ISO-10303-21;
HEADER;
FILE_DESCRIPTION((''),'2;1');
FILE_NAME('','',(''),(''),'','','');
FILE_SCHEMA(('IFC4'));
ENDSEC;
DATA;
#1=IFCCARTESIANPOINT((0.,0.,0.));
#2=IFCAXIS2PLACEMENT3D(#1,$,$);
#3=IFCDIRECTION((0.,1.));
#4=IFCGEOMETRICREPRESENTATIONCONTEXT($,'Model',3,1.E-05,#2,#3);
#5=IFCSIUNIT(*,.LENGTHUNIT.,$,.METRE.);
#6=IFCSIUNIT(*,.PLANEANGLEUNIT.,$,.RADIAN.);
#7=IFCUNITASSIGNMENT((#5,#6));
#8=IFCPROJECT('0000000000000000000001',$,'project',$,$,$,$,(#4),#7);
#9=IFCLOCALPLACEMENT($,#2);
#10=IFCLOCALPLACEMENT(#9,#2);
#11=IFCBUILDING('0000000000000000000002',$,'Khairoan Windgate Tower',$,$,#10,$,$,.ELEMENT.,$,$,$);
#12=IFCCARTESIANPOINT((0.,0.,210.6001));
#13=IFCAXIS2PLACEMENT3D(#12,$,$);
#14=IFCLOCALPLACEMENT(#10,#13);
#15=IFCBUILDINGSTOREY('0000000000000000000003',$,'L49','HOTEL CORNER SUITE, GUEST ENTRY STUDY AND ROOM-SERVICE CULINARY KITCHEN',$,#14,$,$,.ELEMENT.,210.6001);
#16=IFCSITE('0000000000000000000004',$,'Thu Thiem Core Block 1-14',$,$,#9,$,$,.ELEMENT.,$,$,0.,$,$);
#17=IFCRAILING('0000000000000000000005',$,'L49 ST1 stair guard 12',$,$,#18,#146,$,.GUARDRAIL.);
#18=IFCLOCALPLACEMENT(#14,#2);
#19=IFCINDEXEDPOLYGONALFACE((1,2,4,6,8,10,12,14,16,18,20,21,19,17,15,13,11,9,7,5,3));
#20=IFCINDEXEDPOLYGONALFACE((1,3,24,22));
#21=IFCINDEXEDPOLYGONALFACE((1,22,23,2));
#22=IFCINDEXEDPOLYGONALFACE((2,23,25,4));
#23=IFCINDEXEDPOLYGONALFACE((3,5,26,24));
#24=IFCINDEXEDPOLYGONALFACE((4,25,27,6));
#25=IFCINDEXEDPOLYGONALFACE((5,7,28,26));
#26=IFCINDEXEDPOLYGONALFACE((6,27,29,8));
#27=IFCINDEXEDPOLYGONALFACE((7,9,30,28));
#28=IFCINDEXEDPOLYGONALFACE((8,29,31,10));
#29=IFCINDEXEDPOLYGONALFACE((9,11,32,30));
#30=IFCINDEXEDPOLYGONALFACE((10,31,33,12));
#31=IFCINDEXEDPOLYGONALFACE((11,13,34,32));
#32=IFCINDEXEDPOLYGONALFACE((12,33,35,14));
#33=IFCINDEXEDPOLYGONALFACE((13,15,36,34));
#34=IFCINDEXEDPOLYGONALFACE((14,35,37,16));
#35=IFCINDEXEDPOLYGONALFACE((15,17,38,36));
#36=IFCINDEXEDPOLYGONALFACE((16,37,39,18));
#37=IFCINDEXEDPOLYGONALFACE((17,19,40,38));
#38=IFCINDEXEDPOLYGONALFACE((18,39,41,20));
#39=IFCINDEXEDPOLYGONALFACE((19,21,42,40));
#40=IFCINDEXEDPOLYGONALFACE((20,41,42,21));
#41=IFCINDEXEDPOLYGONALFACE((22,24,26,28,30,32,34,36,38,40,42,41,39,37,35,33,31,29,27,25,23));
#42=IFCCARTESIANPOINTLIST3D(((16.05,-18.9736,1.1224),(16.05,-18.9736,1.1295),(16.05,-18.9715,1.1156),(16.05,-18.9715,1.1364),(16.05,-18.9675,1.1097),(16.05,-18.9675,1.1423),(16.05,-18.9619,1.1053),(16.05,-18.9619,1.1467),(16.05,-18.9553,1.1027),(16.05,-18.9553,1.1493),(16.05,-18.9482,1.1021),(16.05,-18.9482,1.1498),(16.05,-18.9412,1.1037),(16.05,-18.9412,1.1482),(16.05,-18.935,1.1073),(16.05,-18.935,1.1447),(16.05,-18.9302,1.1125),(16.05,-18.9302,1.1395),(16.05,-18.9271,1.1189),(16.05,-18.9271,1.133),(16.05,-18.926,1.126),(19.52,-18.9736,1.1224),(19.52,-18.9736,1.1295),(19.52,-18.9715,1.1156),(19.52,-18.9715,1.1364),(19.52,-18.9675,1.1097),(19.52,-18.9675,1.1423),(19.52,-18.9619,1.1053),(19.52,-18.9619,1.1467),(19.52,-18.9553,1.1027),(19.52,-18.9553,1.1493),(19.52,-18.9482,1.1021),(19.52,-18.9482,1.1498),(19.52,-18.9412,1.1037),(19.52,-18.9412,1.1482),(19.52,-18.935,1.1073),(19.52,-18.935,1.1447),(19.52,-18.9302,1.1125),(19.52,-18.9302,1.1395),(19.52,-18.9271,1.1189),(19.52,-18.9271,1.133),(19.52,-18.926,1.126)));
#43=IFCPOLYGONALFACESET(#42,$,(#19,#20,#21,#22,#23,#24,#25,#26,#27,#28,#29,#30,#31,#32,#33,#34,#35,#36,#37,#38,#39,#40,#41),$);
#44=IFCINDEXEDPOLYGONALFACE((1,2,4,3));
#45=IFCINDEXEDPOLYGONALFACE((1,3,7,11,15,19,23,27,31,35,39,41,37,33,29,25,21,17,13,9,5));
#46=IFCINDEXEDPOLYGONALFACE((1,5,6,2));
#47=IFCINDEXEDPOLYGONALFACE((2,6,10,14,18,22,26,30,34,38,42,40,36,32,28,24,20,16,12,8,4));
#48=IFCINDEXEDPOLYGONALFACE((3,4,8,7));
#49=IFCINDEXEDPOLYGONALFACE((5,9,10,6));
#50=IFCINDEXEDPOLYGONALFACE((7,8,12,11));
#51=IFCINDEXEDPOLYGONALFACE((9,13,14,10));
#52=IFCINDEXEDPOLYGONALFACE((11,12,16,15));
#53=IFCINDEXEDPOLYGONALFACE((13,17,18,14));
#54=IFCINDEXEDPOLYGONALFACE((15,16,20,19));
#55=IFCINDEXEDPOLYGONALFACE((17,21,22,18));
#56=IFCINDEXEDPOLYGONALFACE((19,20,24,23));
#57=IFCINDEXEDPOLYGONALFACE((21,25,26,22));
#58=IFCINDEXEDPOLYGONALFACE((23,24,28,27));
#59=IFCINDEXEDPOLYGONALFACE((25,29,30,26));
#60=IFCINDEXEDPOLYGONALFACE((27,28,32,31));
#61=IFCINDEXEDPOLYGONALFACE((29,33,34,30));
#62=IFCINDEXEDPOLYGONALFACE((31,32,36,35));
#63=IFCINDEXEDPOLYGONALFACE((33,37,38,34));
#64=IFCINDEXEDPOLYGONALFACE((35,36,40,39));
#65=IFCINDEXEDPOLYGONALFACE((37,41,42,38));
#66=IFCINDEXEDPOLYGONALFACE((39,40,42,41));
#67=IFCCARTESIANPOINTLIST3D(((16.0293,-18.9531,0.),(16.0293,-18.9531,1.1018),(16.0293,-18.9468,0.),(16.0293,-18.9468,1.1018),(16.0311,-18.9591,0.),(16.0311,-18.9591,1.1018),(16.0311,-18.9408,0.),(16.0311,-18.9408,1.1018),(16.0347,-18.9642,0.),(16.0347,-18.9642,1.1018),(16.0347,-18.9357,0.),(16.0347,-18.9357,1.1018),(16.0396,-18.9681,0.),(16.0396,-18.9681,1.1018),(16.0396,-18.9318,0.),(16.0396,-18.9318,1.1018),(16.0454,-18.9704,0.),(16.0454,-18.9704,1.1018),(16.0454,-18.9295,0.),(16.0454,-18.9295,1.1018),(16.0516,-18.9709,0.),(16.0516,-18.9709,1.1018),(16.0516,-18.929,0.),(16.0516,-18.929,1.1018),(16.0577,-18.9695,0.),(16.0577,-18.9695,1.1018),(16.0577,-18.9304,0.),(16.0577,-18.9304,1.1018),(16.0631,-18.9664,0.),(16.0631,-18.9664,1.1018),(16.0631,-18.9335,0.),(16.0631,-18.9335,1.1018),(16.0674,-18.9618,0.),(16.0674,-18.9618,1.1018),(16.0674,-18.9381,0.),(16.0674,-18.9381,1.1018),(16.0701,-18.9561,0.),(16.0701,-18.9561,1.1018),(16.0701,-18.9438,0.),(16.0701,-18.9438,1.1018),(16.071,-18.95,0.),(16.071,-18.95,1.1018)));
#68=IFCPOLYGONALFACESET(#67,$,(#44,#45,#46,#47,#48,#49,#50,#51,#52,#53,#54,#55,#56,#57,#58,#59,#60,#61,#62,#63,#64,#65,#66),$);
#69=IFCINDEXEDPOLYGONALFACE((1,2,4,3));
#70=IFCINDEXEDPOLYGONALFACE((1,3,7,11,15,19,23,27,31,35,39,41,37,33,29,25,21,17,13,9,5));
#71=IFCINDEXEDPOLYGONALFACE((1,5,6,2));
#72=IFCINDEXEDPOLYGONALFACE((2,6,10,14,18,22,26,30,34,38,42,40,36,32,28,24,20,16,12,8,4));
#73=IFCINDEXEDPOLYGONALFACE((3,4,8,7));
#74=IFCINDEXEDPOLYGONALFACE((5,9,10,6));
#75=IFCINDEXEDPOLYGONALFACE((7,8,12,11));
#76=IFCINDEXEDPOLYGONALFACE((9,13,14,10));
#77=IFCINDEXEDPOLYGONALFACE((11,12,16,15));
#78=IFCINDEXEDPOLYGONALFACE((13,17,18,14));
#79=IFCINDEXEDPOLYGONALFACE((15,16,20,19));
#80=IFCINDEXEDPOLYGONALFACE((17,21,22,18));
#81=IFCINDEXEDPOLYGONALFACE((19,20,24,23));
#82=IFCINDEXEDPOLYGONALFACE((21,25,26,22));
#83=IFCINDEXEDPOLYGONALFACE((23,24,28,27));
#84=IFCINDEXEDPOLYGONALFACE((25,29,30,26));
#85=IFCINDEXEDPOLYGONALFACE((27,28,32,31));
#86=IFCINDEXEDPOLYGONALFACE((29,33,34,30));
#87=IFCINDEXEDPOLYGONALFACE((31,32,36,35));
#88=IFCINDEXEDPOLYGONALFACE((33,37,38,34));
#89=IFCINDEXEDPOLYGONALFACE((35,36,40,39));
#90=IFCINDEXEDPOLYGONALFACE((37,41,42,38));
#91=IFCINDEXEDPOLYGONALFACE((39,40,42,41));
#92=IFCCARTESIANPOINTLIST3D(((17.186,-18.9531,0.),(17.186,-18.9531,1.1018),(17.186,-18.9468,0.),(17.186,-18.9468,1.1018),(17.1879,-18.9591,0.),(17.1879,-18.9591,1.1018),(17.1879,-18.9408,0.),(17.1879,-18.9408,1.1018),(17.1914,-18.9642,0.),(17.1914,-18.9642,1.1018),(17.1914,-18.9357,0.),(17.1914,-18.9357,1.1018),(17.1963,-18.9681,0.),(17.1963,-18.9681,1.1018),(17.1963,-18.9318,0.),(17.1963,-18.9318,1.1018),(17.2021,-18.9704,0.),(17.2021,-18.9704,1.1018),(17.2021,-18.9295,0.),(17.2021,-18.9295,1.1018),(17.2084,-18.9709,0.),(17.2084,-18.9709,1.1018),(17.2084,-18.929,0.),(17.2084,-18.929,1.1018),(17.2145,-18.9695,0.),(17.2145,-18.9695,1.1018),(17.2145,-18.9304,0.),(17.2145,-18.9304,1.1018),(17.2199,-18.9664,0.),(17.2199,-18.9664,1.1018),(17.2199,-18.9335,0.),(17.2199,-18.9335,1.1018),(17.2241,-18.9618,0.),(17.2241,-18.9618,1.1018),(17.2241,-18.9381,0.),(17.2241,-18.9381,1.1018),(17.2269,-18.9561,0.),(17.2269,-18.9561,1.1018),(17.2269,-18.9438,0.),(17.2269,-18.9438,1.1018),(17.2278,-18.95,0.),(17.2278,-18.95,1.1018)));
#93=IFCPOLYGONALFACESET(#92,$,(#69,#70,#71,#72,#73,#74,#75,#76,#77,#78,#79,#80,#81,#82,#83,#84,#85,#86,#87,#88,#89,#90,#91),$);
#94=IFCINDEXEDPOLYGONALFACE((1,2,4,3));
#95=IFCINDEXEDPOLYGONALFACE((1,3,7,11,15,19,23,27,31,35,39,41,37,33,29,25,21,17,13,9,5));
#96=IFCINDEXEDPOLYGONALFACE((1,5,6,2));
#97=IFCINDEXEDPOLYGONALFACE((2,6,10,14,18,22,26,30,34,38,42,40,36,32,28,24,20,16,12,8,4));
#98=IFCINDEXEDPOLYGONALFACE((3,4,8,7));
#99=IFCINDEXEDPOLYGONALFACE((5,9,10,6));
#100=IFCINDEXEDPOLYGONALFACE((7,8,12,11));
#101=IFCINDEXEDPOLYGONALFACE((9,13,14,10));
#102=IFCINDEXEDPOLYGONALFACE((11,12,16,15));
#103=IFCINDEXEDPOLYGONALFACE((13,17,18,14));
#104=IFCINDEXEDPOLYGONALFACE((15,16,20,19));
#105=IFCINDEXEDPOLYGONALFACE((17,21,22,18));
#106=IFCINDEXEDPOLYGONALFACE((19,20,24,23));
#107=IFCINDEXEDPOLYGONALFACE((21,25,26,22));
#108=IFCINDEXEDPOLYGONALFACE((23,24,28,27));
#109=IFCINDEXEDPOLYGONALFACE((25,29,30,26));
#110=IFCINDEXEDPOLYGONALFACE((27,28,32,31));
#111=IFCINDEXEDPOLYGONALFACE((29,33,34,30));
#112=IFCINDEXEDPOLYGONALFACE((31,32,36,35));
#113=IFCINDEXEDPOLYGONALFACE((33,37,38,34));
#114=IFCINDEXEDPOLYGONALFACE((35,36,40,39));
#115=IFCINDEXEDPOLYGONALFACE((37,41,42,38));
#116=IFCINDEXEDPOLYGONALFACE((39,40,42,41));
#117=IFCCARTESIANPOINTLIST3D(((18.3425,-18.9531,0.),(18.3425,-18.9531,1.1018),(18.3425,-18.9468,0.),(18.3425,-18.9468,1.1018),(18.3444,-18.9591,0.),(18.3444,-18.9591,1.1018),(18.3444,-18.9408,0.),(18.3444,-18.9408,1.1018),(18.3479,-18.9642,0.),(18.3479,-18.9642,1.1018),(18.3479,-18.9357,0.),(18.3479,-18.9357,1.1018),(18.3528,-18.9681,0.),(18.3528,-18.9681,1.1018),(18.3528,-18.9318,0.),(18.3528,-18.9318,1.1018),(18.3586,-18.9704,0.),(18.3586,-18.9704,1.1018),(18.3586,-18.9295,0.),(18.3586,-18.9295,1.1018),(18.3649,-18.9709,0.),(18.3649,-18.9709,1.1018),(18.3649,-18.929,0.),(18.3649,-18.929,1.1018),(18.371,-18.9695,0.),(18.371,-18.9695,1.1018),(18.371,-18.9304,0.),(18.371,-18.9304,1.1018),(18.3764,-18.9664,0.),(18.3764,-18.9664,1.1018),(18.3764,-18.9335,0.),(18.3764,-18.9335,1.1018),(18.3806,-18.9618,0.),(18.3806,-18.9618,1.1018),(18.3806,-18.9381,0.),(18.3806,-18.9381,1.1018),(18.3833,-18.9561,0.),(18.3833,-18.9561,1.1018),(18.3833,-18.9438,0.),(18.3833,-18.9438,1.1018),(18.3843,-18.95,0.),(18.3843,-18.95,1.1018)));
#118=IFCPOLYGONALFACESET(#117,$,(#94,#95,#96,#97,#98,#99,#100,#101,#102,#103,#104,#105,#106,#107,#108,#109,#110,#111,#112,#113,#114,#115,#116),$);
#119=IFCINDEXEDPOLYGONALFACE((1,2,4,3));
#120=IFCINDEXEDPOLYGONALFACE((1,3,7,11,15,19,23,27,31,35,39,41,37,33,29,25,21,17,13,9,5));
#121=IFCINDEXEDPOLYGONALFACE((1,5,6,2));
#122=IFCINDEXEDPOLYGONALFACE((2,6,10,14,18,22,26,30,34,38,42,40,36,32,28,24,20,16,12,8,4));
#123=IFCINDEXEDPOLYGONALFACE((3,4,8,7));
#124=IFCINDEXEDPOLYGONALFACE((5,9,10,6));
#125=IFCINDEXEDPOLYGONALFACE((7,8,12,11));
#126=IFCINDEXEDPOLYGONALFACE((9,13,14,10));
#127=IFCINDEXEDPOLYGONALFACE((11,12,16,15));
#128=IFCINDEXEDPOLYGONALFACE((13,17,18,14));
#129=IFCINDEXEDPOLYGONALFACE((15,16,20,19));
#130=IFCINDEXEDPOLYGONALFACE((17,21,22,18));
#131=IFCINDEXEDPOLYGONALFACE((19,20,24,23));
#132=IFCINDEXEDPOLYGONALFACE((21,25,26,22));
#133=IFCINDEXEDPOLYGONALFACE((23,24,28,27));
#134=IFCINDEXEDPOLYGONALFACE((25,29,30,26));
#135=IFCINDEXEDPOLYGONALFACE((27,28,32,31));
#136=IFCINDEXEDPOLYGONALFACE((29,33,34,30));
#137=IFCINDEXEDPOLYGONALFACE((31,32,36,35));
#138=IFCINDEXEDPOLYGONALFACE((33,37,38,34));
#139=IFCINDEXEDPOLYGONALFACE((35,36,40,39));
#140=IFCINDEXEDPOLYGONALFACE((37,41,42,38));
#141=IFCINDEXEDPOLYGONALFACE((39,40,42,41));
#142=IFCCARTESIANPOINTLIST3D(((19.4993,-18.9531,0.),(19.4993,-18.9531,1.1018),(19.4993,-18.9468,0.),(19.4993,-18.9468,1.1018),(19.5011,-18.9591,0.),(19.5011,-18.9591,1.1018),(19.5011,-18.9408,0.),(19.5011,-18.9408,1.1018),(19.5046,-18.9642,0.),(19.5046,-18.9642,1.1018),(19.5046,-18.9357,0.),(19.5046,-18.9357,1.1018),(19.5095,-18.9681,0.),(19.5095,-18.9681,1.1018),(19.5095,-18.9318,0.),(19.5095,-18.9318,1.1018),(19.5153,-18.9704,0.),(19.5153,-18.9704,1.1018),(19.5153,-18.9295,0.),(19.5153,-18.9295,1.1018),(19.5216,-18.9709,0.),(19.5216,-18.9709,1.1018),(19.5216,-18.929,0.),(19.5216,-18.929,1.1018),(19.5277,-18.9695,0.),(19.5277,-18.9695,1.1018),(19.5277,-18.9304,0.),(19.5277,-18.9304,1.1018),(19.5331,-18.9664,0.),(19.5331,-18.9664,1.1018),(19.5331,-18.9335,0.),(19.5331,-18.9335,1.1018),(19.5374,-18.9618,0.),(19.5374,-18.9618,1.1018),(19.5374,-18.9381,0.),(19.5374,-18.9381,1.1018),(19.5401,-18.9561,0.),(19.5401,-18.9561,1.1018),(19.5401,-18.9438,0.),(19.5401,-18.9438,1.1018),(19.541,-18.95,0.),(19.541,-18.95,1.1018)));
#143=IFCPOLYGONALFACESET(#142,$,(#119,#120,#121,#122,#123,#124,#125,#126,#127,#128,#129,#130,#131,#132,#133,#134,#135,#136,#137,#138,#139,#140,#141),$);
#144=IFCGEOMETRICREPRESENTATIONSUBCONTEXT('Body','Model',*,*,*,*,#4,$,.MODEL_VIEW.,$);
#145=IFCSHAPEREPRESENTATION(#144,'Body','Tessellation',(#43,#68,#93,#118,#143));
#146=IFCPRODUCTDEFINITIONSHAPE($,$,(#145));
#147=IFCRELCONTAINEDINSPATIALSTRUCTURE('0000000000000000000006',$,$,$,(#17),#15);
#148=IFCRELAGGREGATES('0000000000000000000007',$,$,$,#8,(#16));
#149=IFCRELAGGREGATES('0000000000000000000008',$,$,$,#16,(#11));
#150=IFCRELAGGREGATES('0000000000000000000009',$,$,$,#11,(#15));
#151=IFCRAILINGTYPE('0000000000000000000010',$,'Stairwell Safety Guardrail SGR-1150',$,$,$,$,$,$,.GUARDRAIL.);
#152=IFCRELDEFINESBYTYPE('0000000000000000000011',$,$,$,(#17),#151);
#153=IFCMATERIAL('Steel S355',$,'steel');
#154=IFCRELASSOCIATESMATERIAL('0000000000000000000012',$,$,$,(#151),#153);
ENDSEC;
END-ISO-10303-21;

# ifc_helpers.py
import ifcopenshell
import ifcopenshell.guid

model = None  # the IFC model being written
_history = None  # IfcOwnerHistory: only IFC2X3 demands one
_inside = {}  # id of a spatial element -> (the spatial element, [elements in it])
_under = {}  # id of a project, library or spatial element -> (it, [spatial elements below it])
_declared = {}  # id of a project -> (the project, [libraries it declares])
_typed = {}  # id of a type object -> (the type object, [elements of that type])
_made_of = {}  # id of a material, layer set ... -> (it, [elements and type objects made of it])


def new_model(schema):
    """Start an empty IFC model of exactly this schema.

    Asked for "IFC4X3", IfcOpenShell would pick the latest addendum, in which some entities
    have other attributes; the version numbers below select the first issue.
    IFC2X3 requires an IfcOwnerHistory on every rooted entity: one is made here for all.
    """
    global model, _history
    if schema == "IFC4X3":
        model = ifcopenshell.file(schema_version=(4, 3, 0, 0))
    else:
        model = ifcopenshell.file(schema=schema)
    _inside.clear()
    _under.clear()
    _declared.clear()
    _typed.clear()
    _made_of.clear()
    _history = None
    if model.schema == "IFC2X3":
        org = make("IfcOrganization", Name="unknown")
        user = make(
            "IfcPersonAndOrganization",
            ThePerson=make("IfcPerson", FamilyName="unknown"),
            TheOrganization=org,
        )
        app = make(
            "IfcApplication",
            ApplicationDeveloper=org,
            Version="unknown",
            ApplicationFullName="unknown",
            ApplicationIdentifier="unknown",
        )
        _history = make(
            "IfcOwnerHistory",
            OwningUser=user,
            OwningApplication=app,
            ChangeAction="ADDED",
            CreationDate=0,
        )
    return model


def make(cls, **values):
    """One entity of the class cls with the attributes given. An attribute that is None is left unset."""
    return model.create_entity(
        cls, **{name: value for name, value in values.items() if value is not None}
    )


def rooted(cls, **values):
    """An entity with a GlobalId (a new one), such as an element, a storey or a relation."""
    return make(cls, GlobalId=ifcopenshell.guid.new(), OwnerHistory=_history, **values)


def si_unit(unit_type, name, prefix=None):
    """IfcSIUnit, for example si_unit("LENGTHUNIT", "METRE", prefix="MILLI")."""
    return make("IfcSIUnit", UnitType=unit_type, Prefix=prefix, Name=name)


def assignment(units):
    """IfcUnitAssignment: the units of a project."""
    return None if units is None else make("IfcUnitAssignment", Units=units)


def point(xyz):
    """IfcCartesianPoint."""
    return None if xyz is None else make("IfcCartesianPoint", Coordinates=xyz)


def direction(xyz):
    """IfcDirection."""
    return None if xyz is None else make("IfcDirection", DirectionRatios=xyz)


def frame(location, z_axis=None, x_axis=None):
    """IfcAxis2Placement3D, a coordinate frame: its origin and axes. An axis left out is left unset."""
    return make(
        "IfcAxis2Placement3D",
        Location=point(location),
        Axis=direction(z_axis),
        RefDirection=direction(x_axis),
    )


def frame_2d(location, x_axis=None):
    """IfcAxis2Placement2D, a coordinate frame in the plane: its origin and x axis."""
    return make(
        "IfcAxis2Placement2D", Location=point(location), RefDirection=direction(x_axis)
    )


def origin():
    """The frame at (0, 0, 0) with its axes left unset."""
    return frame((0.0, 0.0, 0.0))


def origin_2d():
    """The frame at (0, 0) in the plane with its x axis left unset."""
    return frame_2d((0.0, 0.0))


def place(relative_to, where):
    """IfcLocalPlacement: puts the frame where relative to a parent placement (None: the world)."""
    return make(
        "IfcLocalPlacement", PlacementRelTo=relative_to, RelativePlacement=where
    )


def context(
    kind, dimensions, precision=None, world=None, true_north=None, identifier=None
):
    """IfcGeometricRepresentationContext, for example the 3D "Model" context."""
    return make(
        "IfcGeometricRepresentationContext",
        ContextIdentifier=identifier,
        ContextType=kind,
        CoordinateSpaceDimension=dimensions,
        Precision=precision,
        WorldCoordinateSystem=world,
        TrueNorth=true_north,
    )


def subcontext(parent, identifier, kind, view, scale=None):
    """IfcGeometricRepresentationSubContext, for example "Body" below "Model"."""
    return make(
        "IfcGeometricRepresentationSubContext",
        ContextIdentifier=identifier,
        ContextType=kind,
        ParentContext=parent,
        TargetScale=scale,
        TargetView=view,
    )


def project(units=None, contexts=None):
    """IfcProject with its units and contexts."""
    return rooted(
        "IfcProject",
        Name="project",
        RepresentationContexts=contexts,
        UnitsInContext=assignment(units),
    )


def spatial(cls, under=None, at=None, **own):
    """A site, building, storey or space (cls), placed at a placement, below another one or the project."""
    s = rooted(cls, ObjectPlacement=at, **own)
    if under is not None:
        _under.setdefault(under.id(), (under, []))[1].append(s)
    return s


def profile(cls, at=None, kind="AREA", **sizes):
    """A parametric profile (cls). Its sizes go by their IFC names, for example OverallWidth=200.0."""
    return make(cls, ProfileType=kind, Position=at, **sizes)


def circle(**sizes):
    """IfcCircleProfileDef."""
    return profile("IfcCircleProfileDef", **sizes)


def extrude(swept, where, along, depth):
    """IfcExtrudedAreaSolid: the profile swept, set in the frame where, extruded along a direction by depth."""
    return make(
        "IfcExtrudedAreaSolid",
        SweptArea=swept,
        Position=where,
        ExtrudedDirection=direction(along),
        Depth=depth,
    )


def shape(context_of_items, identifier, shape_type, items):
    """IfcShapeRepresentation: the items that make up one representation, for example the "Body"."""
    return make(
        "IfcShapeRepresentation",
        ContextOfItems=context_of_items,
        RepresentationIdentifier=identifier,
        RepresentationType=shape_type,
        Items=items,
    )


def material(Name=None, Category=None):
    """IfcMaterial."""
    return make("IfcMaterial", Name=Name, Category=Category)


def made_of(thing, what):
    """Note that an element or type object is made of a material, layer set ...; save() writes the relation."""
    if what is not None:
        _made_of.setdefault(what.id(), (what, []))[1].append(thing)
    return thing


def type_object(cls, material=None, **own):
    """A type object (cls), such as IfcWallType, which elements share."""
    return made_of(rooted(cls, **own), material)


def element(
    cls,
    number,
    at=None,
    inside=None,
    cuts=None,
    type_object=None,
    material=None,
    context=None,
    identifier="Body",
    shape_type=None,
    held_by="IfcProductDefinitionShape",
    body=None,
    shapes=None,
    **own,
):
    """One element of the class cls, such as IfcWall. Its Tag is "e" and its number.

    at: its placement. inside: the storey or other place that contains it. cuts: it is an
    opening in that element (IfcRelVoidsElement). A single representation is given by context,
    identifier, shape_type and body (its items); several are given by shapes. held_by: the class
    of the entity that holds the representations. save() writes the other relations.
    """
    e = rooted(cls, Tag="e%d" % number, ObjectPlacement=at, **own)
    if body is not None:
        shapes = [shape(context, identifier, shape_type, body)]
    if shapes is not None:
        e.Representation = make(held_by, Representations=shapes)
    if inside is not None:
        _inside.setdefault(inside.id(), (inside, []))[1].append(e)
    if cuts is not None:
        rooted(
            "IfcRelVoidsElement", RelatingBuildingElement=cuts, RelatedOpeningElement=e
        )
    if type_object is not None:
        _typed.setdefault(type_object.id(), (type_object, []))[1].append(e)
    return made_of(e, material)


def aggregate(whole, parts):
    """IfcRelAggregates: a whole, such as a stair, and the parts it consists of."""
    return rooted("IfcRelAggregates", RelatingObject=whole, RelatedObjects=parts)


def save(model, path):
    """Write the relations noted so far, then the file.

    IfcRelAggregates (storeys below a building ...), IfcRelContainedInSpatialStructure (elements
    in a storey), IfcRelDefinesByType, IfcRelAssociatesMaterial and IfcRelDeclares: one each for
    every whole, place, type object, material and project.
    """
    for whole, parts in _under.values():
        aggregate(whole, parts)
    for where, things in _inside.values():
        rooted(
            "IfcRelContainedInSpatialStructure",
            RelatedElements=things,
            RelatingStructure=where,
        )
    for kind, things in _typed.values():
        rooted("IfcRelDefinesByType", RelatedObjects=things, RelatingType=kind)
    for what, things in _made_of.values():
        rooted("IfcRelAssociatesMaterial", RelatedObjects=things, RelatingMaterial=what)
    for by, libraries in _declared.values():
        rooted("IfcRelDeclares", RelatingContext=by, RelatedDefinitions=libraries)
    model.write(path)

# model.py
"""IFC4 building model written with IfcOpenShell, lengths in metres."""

from ifc_helpers import new_model, si_unit, direction, frame, origin, origin_2d, place, context, subcontext, project, spatial, circle, extrude, material, type_object, element, save


model = new_model("IFC4")

# Units and contexts
model_context = context("Model", 3, precision=1e-05, world=origin(), true_north=direction((0.0, 1.0)))
body_context = subcontext(model_context, "Body", "Model", "MODEL_VIEW")
ifc_project = project(units=[si_unit("LENGTHUNIT", "METRE"), si_unit("PLANEANGLEUNIT", "RADIAN")], contexts=[model_context])

# Site, building, storey
site_placement = place(None, origin())
site = spatial("IfcSite", under=ifc_project, at=site_placement, Name="Thu Thiem Core Block 1-14", CompositionType="ELEMENT", RefElevation=0.0)
building_placement = place(site_placement, origin())
building = spatial("IfcBuilding", under=site, at=building_placement, Name="Khairoan Windgate Tower", CompositionType="ELEMENT")
storey_placement = place(building_placement, frame((0.0, 0.0, 210.6001)))
storey = spatial("IfcBuildingStorey", under=building, at=storey_placement, Name="L49", Description="HOTEL CORNER SUITE, GUEST ENTRY STUDY AND ROOM-SERVICE CULINARY KITCHEN", CompositionType="ELEMENT", Elevation=210.6001)

# Railing
ifc_material_1 = material(Name="Steel S355", Category="steel")
railing_type = type_object("IfcRailingType", Name="Stairwell Safety Guardrail SGR-1150", PredefinedType="GUARDRAIL", material=ifc_material_1)
railing_1_placement = place(storey_placement, frame((16.05, -18.95, 0.0)))
element("IfcRailing", 1, at=railing_1_placement, inside=storey, type_object=railing_type, Name="L49 ST1 stair guard 12", PredefinedType="GUARDRAIL", context=body_context, shape_type="SweptSolid", body=[
    extrude(circle(Radius=0.0239, at=origin_2d()), frame((0.0, 0.0, 1.126), z_axis=(1.0, 0.0, 0.0), x_axis=(0.0, 1.0, 0.0)), (0.0, 0.0, 1.0), 3.47),
    extrude(circle(Radius=0.021, at=origin_2d()), origin(), (0.0, 0.0, 1.0), 1.1018),
    extrude(circle(Radius=0.021, at=origin_2d()), frame((1.1567, 0.0, 0.0)), (0.0, 0.0, 1.0), 1.1018),
    extrude(circle(Radius=0.021, at=origin_2d()), frame((2.3132, 0.0, 0.0)), (0.0, 0.0, 1.0), 1.1018),
    extrude(circle(Radius=0.021, at=origin_2d()), frame((3.47, 0.0, 0.0)), (0.0, 0.0, 1.0), 1.1018),
])

save(model, "model.ifc")
